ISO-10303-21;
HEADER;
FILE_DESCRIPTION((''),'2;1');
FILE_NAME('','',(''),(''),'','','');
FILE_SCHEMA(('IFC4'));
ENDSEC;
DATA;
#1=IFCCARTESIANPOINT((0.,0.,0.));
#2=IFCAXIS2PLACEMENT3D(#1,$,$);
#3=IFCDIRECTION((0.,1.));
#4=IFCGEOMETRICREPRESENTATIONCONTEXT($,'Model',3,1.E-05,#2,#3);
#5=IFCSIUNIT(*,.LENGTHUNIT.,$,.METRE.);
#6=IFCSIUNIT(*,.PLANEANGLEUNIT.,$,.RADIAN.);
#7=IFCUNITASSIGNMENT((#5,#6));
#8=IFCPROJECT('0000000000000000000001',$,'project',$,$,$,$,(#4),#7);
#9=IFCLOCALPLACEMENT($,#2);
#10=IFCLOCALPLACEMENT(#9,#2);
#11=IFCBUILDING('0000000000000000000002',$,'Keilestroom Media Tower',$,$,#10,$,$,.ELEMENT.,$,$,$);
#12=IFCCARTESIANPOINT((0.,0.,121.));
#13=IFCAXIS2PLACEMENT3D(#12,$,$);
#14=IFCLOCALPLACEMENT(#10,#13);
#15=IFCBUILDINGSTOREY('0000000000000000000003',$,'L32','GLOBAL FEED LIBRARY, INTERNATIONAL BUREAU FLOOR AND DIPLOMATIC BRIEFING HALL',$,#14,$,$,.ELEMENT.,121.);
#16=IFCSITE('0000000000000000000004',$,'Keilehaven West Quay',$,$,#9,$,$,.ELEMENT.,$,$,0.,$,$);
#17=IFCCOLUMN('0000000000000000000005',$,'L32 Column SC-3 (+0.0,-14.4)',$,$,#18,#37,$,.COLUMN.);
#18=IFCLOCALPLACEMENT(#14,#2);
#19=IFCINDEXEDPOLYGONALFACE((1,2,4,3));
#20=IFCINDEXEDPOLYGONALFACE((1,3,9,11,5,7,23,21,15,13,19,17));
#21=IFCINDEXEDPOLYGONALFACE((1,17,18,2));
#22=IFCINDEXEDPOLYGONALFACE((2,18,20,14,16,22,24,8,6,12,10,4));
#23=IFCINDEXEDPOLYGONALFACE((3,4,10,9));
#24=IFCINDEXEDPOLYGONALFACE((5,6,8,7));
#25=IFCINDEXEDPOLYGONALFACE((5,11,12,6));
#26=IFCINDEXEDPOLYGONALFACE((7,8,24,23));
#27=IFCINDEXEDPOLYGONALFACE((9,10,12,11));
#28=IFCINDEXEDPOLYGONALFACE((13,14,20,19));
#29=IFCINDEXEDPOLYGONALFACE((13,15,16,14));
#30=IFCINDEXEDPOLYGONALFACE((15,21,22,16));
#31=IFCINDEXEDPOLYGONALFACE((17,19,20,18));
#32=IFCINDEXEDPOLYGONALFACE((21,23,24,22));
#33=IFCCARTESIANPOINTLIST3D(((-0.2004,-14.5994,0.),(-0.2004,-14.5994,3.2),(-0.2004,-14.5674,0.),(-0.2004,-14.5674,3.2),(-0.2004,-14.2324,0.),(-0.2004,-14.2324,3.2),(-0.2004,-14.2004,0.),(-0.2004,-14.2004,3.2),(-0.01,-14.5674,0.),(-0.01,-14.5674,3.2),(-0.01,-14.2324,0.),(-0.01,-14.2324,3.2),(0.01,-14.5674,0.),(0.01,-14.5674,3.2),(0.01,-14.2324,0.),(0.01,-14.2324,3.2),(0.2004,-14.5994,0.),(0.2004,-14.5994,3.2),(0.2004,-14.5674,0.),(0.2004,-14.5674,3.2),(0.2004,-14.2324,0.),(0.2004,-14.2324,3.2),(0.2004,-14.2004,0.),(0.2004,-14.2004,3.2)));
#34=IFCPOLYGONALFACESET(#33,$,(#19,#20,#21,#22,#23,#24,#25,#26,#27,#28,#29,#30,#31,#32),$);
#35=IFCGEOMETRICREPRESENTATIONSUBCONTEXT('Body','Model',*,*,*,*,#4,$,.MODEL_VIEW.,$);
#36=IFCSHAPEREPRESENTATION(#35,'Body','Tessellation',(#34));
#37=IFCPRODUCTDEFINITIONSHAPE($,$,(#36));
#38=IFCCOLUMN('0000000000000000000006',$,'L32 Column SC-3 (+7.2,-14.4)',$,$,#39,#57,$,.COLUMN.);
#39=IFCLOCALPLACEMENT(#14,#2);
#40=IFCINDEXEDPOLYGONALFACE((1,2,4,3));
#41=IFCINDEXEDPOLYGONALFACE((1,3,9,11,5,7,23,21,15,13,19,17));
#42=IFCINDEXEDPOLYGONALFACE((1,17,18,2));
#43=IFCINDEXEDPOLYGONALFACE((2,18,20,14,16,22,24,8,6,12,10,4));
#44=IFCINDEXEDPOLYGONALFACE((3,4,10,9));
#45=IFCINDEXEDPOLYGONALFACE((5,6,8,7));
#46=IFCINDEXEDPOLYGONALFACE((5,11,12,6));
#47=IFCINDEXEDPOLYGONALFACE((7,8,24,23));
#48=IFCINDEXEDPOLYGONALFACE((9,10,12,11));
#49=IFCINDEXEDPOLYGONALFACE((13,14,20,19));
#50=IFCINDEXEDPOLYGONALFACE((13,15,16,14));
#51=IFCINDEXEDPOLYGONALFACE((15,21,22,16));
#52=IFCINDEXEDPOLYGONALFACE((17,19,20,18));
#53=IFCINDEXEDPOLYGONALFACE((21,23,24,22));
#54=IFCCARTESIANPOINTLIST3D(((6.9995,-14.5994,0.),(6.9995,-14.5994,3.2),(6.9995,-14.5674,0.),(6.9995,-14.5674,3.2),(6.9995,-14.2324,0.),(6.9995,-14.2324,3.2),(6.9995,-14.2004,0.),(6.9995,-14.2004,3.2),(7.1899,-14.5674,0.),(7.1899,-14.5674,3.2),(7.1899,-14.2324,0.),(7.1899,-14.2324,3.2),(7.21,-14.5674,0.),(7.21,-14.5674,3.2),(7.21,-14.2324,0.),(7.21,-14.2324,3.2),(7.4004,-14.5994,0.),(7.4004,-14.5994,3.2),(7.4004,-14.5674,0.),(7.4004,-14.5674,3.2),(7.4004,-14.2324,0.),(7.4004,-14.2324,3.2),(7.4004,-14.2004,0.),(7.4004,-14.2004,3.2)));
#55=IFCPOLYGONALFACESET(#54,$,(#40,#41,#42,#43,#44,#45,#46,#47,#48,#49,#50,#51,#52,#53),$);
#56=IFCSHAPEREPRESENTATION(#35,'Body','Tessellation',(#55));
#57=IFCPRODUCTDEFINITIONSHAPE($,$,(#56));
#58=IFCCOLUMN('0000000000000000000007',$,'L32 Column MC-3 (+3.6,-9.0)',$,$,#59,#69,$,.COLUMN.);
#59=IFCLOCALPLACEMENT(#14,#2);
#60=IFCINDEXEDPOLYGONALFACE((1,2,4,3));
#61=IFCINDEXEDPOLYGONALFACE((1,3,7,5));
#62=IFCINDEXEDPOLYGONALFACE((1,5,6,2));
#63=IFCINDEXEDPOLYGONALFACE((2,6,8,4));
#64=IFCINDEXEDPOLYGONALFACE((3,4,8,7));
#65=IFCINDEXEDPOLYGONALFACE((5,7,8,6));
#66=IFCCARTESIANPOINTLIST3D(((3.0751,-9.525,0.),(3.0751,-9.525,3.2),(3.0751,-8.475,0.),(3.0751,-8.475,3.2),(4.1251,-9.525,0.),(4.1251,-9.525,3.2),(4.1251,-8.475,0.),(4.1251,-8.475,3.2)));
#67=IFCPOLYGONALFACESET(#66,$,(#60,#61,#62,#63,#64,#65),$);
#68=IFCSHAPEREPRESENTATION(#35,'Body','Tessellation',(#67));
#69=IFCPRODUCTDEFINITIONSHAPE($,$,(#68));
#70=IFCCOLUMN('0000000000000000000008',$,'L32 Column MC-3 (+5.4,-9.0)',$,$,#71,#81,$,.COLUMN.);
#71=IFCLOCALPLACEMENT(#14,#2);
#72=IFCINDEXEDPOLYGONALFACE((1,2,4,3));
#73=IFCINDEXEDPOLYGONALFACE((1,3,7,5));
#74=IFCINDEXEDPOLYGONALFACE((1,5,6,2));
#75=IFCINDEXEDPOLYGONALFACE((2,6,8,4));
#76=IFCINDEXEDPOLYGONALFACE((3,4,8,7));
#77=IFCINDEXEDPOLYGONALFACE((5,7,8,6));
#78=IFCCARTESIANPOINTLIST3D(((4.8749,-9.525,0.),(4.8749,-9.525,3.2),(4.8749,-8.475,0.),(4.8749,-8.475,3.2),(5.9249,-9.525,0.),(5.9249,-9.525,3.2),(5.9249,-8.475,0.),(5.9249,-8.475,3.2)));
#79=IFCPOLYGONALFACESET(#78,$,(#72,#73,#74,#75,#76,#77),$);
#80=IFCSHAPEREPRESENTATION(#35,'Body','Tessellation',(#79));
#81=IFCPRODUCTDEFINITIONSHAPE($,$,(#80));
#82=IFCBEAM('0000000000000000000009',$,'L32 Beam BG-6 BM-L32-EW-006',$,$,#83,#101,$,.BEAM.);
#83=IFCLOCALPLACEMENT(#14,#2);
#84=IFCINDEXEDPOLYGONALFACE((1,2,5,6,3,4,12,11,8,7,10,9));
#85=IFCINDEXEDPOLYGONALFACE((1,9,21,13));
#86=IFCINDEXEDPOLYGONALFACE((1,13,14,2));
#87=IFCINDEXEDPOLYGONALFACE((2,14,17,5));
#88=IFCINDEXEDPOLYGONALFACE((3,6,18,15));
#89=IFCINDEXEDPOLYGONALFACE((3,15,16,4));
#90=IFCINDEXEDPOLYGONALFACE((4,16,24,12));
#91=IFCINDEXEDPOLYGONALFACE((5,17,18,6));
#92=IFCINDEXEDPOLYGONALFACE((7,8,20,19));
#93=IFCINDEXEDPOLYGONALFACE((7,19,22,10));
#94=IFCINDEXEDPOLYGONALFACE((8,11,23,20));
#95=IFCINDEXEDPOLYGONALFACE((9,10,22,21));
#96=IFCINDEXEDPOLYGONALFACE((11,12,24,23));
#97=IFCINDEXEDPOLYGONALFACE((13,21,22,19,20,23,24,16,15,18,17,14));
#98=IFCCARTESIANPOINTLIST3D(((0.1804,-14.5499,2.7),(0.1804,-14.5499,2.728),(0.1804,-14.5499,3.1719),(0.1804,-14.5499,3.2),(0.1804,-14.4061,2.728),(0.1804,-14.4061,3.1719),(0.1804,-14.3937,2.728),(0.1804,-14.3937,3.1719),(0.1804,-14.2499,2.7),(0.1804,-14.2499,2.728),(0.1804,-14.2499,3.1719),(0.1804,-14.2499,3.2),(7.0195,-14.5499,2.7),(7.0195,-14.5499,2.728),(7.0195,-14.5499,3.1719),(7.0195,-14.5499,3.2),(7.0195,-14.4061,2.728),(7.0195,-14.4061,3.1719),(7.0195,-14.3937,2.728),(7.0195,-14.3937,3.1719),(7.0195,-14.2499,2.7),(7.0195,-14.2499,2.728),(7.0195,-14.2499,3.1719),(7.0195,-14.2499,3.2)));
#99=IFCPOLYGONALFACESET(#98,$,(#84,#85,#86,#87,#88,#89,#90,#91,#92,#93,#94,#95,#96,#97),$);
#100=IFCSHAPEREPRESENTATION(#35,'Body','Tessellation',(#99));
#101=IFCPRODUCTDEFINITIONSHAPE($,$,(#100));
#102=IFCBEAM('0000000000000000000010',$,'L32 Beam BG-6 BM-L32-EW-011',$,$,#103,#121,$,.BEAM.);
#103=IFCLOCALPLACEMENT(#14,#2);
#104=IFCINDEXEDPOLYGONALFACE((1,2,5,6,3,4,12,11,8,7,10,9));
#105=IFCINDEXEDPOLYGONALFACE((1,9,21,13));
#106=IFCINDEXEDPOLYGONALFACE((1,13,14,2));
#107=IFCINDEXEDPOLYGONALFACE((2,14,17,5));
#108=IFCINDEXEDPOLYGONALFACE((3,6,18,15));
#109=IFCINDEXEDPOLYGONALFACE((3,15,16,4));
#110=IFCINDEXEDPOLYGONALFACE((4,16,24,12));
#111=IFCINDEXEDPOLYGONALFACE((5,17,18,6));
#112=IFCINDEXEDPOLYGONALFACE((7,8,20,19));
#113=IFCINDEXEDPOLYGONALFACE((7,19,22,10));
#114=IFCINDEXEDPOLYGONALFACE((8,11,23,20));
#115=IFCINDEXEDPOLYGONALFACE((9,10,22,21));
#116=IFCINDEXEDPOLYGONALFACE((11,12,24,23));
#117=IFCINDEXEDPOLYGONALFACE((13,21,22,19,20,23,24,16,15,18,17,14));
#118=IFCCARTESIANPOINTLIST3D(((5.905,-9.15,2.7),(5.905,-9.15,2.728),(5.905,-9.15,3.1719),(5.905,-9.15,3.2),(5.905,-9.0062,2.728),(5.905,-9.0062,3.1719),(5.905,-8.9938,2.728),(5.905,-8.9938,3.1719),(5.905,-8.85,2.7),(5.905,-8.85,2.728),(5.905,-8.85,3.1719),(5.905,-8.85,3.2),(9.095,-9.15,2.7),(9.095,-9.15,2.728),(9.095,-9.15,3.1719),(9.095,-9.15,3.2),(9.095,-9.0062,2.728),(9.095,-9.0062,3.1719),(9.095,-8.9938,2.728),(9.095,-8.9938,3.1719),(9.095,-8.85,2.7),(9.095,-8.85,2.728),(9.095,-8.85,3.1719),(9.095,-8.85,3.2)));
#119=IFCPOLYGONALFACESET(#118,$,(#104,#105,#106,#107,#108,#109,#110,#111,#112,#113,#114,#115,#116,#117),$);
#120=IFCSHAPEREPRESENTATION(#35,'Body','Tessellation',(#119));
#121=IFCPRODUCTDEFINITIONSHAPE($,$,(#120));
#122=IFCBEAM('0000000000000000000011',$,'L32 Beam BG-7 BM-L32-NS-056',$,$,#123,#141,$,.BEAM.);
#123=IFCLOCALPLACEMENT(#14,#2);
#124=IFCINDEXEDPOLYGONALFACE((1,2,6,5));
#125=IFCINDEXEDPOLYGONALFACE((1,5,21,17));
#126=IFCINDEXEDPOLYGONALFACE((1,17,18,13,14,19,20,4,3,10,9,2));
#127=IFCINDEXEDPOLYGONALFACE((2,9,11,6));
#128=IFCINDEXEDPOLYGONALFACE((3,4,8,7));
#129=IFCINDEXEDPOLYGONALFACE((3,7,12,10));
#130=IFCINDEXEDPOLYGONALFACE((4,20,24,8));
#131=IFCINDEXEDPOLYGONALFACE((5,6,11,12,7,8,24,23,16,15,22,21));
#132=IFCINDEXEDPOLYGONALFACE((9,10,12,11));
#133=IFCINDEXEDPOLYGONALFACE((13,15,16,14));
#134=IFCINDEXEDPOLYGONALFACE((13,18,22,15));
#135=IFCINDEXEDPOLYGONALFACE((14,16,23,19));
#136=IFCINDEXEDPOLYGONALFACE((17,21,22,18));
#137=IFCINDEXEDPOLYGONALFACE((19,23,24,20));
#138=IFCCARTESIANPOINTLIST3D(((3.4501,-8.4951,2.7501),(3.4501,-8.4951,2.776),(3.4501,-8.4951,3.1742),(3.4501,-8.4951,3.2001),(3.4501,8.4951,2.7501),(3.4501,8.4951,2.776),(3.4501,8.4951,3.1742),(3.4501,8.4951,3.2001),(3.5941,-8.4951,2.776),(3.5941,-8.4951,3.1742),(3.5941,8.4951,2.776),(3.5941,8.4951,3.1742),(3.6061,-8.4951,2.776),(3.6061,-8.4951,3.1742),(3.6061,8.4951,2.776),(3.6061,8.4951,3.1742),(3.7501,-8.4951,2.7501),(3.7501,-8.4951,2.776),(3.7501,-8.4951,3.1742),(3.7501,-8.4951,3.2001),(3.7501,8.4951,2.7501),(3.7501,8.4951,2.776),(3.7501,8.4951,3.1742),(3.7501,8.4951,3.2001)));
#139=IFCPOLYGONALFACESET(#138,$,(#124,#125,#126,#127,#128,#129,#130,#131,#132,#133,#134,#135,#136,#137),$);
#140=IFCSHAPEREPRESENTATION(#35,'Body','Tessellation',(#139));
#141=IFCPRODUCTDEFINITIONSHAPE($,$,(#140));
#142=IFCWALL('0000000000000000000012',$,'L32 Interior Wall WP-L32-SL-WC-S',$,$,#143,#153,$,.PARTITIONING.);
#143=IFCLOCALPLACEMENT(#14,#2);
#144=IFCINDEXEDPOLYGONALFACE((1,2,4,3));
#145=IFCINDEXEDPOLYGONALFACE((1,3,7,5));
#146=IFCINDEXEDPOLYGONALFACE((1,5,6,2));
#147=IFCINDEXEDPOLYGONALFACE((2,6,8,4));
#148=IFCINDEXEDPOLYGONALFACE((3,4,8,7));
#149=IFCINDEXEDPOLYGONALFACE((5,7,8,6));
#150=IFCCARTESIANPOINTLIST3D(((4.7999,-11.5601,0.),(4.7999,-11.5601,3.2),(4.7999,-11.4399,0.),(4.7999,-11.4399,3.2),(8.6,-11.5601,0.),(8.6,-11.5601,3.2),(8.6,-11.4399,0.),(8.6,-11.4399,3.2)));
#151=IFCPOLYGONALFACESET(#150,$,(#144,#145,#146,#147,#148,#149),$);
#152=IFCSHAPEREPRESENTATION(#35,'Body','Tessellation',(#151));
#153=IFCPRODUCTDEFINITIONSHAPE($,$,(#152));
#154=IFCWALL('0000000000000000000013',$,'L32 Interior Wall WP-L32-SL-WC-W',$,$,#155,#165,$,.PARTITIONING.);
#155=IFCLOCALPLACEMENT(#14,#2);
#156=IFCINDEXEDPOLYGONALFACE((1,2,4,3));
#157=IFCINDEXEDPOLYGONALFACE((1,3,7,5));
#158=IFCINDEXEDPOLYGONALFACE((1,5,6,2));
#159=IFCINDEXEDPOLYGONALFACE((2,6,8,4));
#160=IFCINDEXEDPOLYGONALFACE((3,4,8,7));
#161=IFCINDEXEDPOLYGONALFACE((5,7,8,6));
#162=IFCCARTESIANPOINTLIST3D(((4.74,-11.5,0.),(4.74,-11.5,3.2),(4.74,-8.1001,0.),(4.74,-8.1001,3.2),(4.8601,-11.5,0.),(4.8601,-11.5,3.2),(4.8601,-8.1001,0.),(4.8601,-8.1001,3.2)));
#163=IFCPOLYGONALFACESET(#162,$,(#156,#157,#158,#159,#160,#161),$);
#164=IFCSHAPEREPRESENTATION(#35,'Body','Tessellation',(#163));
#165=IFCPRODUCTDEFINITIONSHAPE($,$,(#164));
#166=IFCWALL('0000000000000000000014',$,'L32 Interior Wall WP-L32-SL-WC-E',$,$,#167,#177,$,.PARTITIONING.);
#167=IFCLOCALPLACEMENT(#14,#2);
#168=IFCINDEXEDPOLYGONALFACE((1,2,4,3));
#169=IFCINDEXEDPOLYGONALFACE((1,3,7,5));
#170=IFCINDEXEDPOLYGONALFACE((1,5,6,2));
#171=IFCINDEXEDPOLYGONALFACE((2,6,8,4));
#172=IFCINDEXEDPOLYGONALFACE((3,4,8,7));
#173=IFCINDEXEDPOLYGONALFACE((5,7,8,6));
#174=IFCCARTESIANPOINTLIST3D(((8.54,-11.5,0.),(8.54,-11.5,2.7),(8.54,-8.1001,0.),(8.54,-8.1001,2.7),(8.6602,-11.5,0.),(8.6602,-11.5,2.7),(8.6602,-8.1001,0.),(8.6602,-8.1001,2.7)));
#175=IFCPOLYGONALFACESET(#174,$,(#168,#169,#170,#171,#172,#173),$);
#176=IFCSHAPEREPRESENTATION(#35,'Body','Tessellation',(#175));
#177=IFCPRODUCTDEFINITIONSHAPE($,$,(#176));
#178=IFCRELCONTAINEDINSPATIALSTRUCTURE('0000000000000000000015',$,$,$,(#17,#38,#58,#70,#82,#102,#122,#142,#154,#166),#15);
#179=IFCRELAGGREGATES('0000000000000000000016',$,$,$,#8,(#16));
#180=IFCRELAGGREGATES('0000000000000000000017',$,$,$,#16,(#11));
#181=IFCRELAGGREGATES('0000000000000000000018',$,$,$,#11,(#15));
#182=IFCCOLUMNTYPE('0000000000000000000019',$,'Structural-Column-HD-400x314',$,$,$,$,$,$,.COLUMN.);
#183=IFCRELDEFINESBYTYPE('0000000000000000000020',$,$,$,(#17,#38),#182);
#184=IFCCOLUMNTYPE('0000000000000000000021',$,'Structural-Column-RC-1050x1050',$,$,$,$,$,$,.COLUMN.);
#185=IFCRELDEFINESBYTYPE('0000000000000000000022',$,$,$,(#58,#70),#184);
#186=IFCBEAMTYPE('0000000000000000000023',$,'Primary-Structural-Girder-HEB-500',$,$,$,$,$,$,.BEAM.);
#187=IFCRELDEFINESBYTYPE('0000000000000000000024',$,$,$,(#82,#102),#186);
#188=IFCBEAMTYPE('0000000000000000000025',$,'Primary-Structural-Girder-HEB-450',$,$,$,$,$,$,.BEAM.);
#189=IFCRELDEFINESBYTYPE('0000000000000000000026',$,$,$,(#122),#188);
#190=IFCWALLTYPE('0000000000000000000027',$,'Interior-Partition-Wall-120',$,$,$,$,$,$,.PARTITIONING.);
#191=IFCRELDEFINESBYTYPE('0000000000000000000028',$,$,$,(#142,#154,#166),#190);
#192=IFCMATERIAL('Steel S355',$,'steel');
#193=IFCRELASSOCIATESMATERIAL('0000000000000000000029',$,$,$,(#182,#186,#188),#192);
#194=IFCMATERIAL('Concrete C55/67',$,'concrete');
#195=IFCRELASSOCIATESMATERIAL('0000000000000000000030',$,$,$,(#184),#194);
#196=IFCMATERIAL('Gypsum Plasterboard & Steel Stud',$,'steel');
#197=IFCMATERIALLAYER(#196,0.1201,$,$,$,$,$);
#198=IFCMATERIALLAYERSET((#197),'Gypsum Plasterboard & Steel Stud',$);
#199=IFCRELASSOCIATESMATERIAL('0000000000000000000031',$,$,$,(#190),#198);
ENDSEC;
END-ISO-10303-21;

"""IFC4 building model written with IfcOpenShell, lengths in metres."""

from ifc_helpers import new_model, si_unit, direction, frame, frame_2d, origin, origin_2d, place, context, subcontext, project, spatial, rectangle, i_section, extrude, source, transform, mapped, material, layer, layer_set, material_profile, profile_set, type_object, element, save


model = new_model("IFC4")

# Units and contexts
model_context = context("Model", 3, precision=1e-05, world=origin(), true_north=direction((0.0, 1.0)))
body_context = subcontext(model_context, "Body", "Model", "MODEL_VIEW")
ifc_project = project(units=[si_unit("LENGTHUNIT", "METRE"), si_unit("PLANEANGLEUNIT", "RADIAN")], contexts=[model_context])

# Site, building, storey
site_placement = place(None, origin())
site = spatial("IfcSite", under=ifc_project, at=site_placement, Name="Keilehaven West Quay", CompositionType="ELEMENT", RefElevation=0.0)
building_placement = place(site_placement, origin())
building = spatial("IfcBuilding", under=site, at=building_placement, Name="Keilestroom Media Tower", CompositionType="ELEMENT")
storey_placement = place(building_placement, frame((0.0, 0.0, 121.0)))
storey = spatial("IfcBuildingStorey", under=building, at=storey_placement, Name="L32", Description="GLOBAL FEED LIBRARY, INTERNATIONAL BUREAU FLOOR AND DIPLOMATIC BRIEFING HALL", CompositionType="ELEMENT", Elevation=121.0)

# Columns
ifc_material_1 = material(Name="Steel S355", Category="steel")
ifc_material_profile_1 = material_profile(ifc_material_1, i_section(OverallWidth=0.4009, OverallDepth=0.3989, WebThickness=0.02, FlangeThickness=0.032, at=origin_2d()), Name="HD 400x314")
ifc_profile_set_1 = profile_set([ifc_material_profile_1], Name="Steel S355")
column_type_1 = type_object("IfcColumnType", Name="Structural-Column-HD-400x314", PredefinedType="COLUMN", material=ifc_profile_set_1)
shared_shape_1 = source(origin(), body_context, "Body", "SweptSolid", [
    extrude(i_section(OverallWidth=0.4009, OverallDepth=0.3989, WebThickness=0.02, FlangeThickness=0.032, at=origin_2d()), origin(), (0.0, 0.0, 1.0), 3.2),
])
for number, where, z_axis, x_axis, name in (
    (1, (0.0, -14.3999, 0.0), (0.0, 0.0, 1.0), (1.0, 0.0, 0.0), "L32 Column SC-3 (+0.0,-14.4)"),
    (2, (7.2, -14.3999, 0.0), (0.0, 0.0, 1.0), (1.0, 0.0, 0.0), "L32 Column SC-3 (+7.2,-14.4)"),
):
    element("IfcColumn", number, at=place(storey_placement, frame(where, z_axis=z_axis, x_axis=x_axis)), inside=storey, type_object=column_type_1, Name=name, PredefinedType="COLUMN", context=body_context, shape_type="MappedRepresentation", body=[
        mapped(shared_shape_1, transform((0.0, 0.0, 0.0), x_axis=(1.0, 0.0, 0.0), y_axis=(0.0, 1.0, 0.0), z_axis=(0.0, 0.0, 1.0), scale=1.0)),
    ])
ifc_material_2 = material(Name="Concrete C55/67", Category="concrete")
ifc_material_profile_2 = material_profile(ifc_material_2, rectangle(XDim=1.05, YDim=1.05, at=origin_2d()), Name="RC 1050x1050")
ifc_profile_set_2 = profile_set([ifc_material_profile_2], Name="Concrete C55/67")
column_type_2 = type_object("IfcColumnType", Name="Structural-Column-RC-1050x1050", PredefinedType="COLUMN", material=ifc_profile_set_2)
shared_shape_2 = source(origin(), body_context, "Body", "SweptSolid", [
    extrude(rectangle(XDim=1.05, YDim=1.05, at=origin_2d()), origin(), (0.0, 0.0, 1.0), 3.2),
])
for number, where, z_axis, x_axis, name in (
    (3, (3.6001, -9.0, 0.0), (0.0, 0.0, 1.0), (1.0, 0.0, 0.0), "L32 Column MC-3 (+3.6,-9.0)"),
    (4, (5.3999, -9.0, 0.0), (0.0, 0.0, 1.0), (1.0, 0.0, 0.0), "L32 Column MC-3 (+5.4,-9.0)"),
):
    element("IfcColumn", number, at=place(storey_placement, frame(where, z_axis=z_axis, x_axis=x_axis)), inside=storey, type_object=column_type_2, Name=name, PredefinedType="COLUMN", context=body_context, shape_type="MappedRepresentation", body=[
        mapped(shared_shape_2, transform((0.0, 0.0, 0.0), x_axis=(1.0, 0.0, 0.0), y_axis=(0.0, 1.0, 0.0), z_axis=(0.0, 0.0, 1.0), scale=1.0)),
    ])

# Beams
ifc_material_profile_3 = material_profile(ifc_material_1, i_section(OverallWidth=0.3, OverallDepth=0.5, WebThickness=0.0125, FlangeThickness=0.0281, at=origin_2d()), Name="HEB 500")
ifc_profile_set_3 = profile_set([ifc_material_profile_3], Name="Steel S355")
beam_type_1 = type_object("IfcBeamType", Name="Primary-Structural-Girder-HEB-500", PredefinedType="BEAM", material=ifc_profile_set_3)
shared_shape_3 = source(origin(), body_context, "Body", "SweptSolid", [
    extrude(i_section(OverallWidth=0.3, OverallDepth=0.5, WebThickness=0.0125, FlangeThickness=0.0281, at=origin_2d()), origin(), (0.0, 0.0, 1.0), 6.8391),
])
beam_1_placement = place(storey_placement, frame((0.1804, -14.3999, 2.95), z_axis=(1.0, 0.0, 0.0), x_axis=(0.0, 1.0, 0.0)))
element("IfcBeam", 5, at=beam_1_placement, inside=storey, type_object=beam_type_1, Name="L32 Beam BG-6 BM-L32-EW-006", PredefinedType="BEAM", context=body_context, shape_type="MappedRepresentation", body=[
    mapped(shared_shape_3, transform((0.0, 0.0, 0.0), x_axis=(1.0, 0.0, 0.0), y_axis=(0.0, 1.0, 0.0), z_axis=(0.0, 0.0, 1.0), scale=1.0)),
])
shared_shape_4 = source(origin(), body_context, "Body", "SweptSolid", [
    extrude(i_section(OverallWidth=0.3, OverallDepth=0.5, WebThickness=0.0125, FlangeThickness=0.0281, at=origin_2d()), origin(), (0.0, 0.0, 1.0), 3.1899),
])
beam_2_placement = place(storey_placement, frame((5.905, -9.0, 2.95), z_axis=(1.0, 0.0, 0.0), x_axis=(0.0, 1.0, 0.0)))
element("IfcBeam", 6, at=beam_2_placement, inside=storey, type_object=beam_type_1, Name="L32 Beam BG-6 BM-L32-EW-011", PredefinedType="BEAM", context=body_context, shape_type="MappedRepresentation", body=[
    mapped(shared_shape_4, transform((0.0, 0.0, 0.0), x_axis=(1.0, 0.0, 0.0), y_axis=(0.0, 1.0, 0.0), z_axis=(0.0, 0.0, 1.0), scale=1.0)),
])
ifc_material_profile_4 = material_profile(ifc_material_1, i_section(OverallWidth=0.3, OverallDepth=0.45, WebThickness=0.012, FlangeThickness=0.0259, at=origin_2d()), Name="HEB 450")
ifc_profile_set_4 = profile_set([ifc_material_profile_4], Name="Steel S355")
beam_type_2 = type_object("IfcBeamType", Name="Primary-Structural-Girder-HEB-450", PredefinedType="BEAM", material=ifc_profile_set_4)
shared_shape_5 = source(origin(), body_context, "Body", "SweptSolid", [
    extrude(i_section(OverallWidth=0.3, OverallDepth=0.45, WebThickness=0.012, FlangeThickness=0.0259, at=origin_2d()), origin(), (0.0, 0.0, 1.0), 16.9902),
])
beam_3_placement = place(storey_placement, frame((3.6001, -8.4951, 2.9751), z_axis=(0.0, 1.0, 0.0), x_axis=(-1.0, 0.0, 0.0)))
element("IfcBeam", 7, at=beam_3_placement, inside=storey, type_object=beam_type_2, Name="L32 Beam BG-7 BM-L32-NS-056", PredefinedType="BEAM", context=body_context, shape_type="MappedRepresentation", body=[
    mapped(shared_shape_5, transform((0.0, 0.0, 0.0), x_axis=(1.0, 0.0, 0.0), y_axis=(0.0, 1.0, 0.0), z_axis=(0.0, 0.0, 1.0), scale=1.0)),
])

# Walls
ifc_material_3 = material(Name="Gypsum Plasterboard & Steel Stud", Category="steel")
ifc_layer_1 = layer(ifc_material_3, 0.1201)
ifc_layer_set_1 = layer_set([ifc_layer_1], Name="Gypsum Plasterboard & Steel Stud")
wall_type_1 = type_object("IfcWallType", Name="Interior-Partition-Wall-120", PredefinedType="PARTITIONING", material=ifc_layer_set_1)
wall_1_placement = place(storey_placement, frame((4.8, -11.5, 0.0), z_axis=(0.0, 0.0, 1.0), x_axis=(1.0, 0.0, 0.0)))
element("IfcWall", 8, at=wall_1_placement, inside=storey, type_object=wall_type_1, Name="L32 Interior Wall WP-L32-SL-WC-S", PredefinedType="PARTITIONING", context=body_context, shape_type="SweptSolid", body=[
    extrude(rectangle(XDim=3.8, YDim=0.1201, at=frame_2d((1.8999, 0.0))), origin(), (0.0, 0.0, 1.0), 3.2),
])
wall_2_placement = place(storey_placement, frame((4.8, -11.5, 0.0), z_axis=(0.0, 0.0, 1.0), x_axis=(0.0, 1.0, 0.0)))
element("IfcWall", 9, at=wall_2_placement, inside=storey, type_object=wall_type_1, Name="L32 Interior Wall WP-L32-SL-WC-W", PredefinedType="PARTITIONING", context=body_context, shape_type="SweptSolid", body=[
    extrude(rectangle(XDim=3.3999, YDim=0.1201, at=frame_2d((1.7, 0.0))), origin(), (0.0, 0.0, 1.0), 3.2),
])
wall_3_placement = place(storey_placement, frame((8.6001, -11.5, 0.0), z_axis=(0.0, 0.0, 1.0), x_axis=(0.0, 1.0, 0.0)))
element("IfcWall", 10, at=wall_3_placement, inside=storey, type_object=wall_type_1, Name="L32 Interior Wall WP-L32-SL-WC-E", PredefinedType="PARTITIONING", context=body_context, shape_type="SweptSolid", body=[
    extrude(rectangle(XDim=3.3999, YDim=0.1201, at=frame_2d((1.7, 0.0))), origin(), (0.0, 0.0, 1.0), 2.7),
])

save(model, "model.ifc")
